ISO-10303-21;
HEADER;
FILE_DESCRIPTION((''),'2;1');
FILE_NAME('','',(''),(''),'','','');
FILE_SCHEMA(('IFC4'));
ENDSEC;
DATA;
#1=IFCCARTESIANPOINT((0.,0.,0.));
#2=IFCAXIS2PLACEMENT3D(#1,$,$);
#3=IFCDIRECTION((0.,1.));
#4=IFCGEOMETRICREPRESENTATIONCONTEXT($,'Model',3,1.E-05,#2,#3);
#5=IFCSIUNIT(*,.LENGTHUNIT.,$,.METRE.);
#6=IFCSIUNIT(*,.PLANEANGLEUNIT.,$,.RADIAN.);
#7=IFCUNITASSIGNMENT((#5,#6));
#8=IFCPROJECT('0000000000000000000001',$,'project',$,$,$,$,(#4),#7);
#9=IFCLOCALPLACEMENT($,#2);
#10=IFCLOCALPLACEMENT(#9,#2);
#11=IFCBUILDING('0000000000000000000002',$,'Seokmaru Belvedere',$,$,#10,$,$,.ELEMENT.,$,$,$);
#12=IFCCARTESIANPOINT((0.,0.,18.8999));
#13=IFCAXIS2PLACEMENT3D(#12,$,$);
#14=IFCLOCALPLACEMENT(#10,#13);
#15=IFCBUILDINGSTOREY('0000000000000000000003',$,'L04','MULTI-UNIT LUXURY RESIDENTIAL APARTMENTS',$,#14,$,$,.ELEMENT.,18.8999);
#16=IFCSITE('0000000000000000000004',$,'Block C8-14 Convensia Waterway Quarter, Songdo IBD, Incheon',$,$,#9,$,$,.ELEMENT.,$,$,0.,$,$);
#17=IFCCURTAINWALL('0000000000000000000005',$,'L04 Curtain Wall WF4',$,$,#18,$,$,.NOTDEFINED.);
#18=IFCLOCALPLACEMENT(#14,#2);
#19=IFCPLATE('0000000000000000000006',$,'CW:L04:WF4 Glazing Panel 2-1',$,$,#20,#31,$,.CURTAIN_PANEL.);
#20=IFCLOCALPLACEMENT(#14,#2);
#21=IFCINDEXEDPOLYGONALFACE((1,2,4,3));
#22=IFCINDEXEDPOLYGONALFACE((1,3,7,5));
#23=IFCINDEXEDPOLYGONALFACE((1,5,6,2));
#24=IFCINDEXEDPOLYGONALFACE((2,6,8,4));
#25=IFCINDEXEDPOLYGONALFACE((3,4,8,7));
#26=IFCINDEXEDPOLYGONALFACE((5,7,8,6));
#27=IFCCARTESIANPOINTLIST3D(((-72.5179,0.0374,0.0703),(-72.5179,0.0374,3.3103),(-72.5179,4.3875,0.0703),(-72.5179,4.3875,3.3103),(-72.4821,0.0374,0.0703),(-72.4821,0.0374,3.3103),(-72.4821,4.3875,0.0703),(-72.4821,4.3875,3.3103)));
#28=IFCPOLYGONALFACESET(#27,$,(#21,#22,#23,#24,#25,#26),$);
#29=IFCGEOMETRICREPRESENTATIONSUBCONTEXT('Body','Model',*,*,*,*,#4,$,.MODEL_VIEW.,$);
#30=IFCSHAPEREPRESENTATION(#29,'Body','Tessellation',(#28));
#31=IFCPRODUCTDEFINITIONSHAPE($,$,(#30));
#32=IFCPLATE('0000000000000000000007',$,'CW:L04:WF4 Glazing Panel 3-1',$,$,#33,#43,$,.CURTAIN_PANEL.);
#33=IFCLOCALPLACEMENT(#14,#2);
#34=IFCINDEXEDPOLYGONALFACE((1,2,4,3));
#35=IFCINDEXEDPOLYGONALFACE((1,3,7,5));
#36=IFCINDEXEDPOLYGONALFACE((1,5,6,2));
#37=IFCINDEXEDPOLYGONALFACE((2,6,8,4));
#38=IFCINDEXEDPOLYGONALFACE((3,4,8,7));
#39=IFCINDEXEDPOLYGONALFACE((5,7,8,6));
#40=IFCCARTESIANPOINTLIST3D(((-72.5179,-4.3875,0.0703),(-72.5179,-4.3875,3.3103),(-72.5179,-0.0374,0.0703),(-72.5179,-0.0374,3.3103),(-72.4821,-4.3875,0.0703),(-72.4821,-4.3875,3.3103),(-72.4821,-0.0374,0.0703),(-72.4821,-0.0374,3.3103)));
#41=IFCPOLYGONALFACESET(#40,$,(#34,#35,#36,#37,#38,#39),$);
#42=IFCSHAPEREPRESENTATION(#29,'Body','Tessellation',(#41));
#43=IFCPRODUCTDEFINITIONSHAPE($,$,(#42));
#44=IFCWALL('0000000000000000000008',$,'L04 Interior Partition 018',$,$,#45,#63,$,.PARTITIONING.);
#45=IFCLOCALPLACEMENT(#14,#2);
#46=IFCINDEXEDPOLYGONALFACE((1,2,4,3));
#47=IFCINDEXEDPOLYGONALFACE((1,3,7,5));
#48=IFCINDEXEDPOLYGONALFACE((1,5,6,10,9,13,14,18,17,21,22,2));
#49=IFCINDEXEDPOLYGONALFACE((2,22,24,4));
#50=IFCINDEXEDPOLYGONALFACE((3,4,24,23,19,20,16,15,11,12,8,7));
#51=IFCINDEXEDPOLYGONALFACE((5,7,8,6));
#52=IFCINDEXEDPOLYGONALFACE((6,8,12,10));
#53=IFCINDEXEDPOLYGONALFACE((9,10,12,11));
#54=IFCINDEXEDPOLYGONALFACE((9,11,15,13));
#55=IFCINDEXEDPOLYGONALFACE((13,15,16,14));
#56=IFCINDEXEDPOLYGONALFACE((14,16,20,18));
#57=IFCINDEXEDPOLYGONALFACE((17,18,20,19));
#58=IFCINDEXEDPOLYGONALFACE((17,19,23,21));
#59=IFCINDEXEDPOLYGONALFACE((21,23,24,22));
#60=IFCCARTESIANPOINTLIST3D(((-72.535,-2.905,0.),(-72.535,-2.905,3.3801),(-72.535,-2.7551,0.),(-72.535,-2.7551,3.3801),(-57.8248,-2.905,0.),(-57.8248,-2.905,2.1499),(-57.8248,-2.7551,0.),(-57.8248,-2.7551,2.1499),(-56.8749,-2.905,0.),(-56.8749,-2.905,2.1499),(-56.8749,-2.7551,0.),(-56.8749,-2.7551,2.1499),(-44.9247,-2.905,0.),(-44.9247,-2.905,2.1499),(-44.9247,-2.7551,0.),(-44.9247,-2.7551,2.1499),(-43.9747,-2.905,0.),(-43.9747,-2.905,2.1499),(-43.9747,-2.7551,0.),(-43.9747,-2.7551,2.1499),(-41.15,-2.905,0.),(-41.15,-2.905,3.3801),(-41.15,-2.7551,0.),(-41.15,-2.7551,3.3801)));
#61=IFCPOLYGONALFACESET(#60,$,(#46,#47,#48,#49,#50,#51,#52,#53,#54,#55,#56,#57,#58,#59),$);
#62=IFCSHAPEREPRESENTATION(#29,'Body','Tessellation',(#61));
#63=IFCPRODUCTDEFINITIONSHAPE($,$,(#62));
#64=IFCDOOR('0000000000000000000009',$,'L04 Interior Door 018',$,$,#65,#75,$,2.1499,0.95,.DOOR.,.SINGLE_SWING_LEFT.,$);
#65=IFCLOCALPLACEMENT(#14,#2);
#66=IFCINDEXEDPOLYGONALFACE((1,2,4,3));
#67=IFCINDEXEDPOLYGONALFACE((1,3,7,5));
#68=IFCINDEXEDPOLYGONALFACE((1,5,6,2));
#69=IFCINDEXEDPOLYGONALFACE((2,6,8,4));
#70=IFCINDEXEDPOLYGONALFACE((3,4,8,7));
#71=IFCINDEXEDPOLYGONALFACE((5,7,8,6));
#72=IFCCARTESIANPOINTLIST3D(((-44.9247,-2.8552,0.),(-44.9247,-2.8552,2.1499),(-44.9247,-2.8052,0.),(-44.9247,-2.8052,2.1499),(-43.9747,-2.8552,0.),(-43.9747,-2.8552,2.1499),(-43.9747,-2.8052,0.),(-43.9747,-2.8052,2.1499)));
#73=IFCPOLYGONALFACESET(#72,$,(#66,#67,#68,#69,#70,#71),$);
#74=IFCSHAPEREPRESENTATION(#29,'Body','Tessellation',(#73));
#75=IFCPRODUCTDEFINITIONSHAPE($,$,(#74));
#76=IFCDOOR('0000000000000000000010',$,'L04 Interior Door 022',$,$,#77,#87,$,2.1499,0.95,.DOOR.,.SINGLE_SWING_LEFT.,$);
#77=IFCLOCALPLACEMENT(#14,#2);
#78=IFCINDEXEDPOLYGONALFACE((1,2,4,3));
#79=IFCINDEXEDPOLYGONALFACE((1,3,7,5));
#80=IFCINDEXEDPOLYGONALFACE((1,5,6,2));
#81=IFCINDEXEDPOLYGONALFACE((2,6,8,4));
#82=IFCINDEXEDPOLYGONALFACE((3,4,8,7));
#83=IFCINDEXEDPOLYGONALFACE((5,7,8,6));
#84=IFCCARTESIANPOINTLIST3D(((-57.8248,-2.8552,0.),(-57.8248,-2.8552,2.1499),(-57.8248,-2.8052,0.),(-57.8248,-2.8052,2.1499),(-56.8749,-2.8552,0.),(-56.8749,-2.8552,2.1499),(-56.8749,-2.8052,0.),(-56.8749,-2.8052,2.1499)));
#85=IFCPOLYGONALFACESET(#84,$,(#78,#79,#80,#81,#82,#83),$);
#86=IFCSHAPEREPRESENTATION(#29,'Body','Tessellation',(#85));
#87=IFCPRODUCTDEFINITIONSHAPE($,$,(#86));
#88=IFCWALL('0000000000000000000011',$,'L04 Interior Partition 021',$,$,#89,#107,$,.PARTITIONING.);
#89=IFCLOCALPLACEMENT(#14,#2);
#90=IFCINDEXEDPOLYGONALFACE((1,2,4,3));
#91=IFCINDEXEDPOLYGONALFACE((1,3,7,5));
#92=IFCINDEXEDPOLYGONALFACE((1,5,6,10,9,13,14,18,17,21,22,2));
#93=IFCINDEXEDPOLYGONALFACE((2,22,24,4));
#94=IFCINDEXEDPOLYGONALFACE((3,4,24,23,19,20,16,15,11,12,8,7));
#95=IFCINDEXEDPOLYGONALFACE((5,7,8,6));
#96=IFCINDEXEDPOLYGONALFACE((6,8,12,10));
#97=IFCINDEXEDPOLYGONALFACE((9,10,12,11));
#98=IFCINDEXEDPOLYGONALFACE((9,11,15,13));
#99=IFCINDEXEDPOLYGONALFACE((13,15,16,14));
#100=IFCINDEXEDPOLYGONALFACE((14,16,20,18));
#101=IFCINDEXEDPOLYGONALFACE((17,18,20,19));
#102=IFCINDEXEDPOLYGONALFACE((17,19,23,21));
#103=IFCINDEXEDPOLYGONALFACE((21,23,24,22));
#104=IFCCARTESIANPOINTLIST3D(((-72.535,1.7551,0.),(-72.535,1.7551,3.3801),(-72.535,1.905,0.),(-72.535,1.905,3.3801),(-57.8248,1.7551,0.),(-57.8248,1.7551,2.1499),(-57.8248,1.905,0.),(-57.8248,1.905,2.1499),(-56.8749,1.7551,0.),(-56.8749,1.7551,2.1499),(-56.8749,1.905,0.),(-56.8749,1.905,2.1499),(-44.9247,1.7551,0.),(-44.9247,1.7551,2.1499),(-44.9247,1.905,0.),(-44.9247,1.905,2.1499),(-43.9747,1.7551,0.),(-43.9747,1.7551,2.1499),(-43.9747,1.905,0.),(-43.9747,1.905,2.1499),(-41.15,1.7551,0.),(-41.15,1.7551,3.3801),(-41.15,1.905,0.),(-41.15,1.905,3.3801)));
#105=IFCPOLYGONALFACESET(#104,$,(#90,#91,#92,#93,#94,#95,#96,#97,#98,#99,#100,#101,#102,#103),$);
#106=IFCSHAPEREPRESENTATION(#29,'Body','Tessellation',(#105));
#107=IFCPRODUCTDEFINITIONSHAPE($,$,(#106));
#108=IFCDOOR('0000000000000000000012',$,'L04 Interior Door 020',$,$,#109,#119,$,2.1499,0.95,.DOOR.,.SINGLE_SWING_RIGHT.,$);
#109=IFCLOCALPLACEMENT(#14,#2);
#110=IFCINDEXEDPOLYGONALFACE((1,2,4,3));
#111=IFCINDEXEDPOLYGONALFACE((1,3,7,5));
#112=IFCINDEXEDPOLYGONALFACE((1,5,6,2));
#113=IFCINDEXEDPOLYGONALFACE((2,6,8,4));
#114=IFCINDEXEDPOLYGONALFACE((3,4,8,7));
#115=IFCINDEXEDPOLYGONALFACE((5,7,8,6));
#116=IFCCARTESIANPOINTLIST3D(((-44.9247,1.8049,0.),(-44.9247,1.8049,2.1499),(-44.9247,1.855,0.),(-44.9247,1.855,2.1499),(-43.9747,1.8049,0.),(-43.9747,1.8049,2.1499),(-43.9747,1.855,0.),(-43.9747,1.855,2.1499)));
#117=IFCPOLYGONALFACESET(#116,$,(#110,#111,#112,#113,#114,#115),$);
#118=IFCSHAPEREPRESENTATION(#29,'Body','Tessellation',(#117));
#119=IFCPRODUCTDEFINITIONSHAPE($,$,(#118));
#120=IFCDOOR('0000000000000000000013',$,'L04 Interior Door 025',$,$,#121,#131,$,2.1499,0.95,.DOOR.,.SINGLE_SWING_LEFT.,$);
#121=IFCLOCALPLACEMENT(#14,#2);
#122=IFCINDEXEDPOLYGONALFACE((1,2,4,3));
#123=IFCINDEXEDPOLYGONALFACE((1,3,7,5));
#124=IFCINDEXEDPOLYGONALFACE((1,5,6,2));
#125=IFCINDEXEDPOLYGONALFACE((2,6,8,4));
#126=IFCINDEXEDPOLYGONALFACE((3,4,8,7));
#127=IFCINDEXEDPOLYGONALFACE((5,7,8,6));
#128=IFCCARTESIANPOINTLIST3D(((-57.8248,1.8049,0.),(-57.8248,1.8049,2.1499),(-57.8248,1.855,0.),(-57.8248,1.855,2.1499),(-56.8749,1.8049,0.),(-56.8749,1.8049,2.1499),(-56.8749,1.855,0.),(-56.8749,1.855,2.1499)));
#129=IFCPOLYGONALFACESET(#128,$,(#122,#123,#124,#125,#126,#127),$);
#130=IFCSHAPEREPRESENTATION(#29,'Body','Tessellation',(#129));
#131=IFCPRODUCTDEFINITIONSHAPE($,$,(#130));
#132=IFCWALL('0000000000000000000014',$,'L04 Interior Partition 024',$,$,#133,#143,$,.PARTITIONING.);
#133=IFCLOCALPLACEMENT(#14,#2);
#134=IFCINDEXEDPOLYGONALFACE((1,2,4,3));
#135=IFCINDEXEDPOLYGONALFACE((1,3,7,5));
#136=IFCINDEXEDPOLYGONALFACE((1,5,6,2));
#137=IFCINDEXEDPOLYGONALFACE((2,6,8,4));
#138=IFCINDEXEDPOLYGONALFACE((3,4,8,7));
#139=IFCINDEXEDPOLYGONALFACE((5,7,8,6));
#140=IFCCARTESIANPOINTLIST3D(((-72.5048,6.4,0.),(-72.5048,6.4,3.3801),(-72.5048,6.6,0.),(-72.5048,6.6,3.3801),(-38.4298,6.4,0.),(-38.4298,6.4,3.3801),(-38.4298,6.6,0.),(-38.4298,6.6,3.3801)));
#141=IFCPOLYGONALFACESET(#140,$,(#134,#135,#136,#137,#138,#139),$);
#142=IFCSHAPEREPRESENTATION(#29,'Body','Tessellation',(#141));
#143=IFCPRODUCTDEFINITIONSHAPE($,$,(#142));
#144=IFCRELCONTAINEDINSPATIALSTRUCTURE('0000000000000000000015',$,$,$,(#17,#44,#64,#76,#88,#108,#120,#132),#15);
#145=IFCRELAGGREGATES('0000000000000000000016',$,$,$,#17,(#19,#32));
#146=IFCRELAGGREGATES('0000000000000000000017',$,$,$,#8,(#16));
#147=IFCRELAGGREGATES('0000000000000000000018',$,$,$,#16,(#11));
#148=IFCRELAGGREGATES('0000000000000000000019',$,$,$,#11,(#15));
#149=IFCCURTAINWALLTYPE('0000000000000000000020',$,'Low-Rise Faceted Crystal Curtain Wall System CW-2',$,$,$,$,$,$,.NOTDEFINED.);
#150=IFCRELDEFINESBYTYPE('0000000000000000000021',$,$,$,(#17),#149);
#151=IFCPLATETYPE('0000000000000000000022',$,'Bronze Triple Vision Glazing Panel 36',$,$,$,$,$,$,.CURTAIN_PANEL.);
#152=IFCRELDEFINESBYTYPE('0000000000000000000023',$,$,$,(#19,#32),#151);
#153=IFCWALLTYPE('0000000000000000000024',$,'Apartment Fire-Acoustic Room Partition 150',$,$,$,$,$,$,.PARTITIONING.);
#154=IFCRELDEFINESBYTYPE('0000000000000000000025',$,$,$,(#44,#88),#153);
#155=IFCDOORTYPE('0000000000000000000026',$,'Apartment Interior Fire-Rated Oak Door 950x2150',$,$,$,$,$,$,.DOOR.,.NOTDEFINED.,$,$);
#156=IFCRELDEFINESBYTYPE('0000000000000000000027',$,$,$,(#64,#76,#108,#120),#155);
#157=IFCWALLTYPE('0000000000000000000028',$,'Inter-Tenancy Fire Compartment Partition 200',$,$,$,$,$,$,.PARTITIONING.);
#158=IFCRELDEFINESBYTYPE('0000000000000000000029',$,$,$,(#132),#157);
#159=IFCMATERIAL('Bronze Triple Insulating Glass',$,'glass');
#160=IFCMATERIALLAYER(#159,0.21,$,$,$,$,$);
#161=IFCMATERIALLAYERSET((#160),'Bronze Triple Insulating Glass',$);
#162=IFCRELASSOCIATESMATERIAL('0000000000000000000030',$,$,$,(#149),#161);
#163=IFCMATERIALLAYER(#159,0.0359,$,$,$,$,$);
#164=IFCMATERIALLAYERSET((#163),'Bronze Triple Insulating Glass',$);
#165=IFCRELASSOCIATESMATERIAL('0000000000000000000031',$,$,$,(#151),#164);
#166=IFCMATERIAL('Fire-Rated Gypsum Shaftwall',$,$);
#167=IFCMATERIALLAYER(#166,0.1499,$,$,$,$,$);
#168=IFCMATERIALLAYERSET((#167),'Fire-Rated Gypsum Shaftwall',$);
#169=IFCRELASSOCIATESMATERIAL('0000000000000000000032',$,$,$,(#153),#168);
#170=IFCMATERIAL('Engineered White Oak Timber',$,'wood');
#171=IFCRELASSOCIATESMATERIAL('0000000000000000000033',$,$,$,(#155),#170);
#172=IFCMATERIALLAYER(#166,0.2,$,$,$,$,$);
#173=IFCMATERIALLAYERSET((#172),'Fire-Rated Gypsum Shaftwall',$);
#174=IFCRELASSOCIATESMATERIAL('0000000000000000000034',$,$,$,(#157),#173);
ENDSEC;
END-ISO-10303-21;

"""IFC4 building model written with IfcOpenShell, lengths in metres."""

from ifc_helpers import new_model, si_unit, direction, frame, frame_2d, origin, origin_2d, place, context, subcontext, project, spatial, rectangle, extrude, source, transform, mapped, material, layer, layer_set, type_object, type_shapes, element, fill, aggregate, save


model = new_model("IFC4")

# Units and contexts
model_context = context("Model", 3, precision=1e-05, world=origin(), true_north=direction((0.0, 1.0)))
body_context = subcontext(model_context, "Body", "Model", "MODEL_VIEW")
ifc_project = project(units=[si_unit("LENGTHUNIT", "METRE"), si_unit("PLANEANGLEUNIT", "RADIAN")], contexts=[model_context])

# Site, building, storey
site_placement = place(None, origin())
site = spatial("IfcSite", under=ifc_project, at=site_placement, Name="Block C8-14 Convensia Waterway Quarter, Songdo IBD, Incheon", CompositionType="ELEMENT", RefElevation=0.0)
building_placement = place(site_placement, origin())
building = spatial("IfcBuilding", under=site, at=building_placement, Name="Seokmaru Belvedere", CompositionType="ELEMENT")
storey_placement = place(building_placement, frame((0.0, 0.0, 18.8999)))
storey = spatial("IfcBuildingStorey", under=building, at=storey_placement, Name="L04", Description="MULTI-UNIT LUXURY RESIDENTIAL APARTMENTS", CompositionType="ELEMENT", Elevation=18.8999)

# Curtain wall, plates
ifc_material_1 = material(Name="Bronze Triple Insulating Glass", Category="glass")
ifc_layer_1 = layer(ifc_material_1, 0.21)
ifc_layer_set_1 = layer_set([ifc_layer_1], Name="Bronze Triple Insulating Glass")
curtain_wall_type = type_object("IfcCurtainWallType", Name="Low-Rise Faceted Crystal Curtain Wall System CW-2", PredefinedType="NOTDEFINED", material=ifc_layer_set_1)
curtain_wall_placement = place(storey_placement, origin())
curtain_wall = element("IfcCurtainWall", 1, at=curtain_wall_placement, inside=storey, type_object=curtain_wall_type, Name="L04 Curtain Wall WF4", PredefinedType="NOTDEFINED")
ifc_layer_2 = layer(ifc_material_1, 0.0359)
ifc_layer_set_2 = layer_set([ifc_layer_2], Name="Bronze Triple Insulating Glass")
plate_type = type_object("IfcPlateType", Name="Bronze Triple Vision Glazing Panel 36", PredefinedType="CURTAIN_PANEL", material=ifc_layer_set_2)
shared_shape_1 = source(origin(), body_context, "Body", "SweptSolid", [
    extrude(rectangle(XDim=4.3501, YDim=0.0359, at=origin_2d()), origin(), (0.0, 0.0, 1.0), 3.24),
])
plate_1_placement = place(storey_placement, frame((-72.5, 2.2124, 0.0703), z_axis=(0.0, 0.0, 1.0), x_axis=(0.0, -1.0, 0.0)))
plate_1 = element("IfcPlate", 2, at=plate_1_placement, type_object=plate_type, Name="CW:L04:WF4 Glazing Panel 2-1", PredefinedType="CURTAIN_PANEL", context=body_context, shape_type="MappedRepresentation", body=[
    mapped(shared_shape_1, transform((0.0, 0.0, 0.0), scale=1.0)),
])
plate_2_placement = place(storey_placement, frame((-72.5, -2.2124, 0.0703), z_axis=(0.0, 0.0, 1.0), x_axis=(0.0, -1.0, 0.0)))
plate_2 = element("IfcPlate", 3, at=plate_2_placement, type_object=plate_type, Name="CW:L04:WF4 Glazing Panel 3-1", PredefinedType="CURTAIN_PANEL", context=body_context, shape_type="MappedRepresentation", body=[
    mapped(shared_shape_1, transform((0.0, 0.0, 0.0), scale=1.0)),
])
aggregate(curtain_wall, [plate_1, plate_2])

# Walls, openings, doors
ifc_material_2 = material(Name="Fire-Rated Gypsum Shaftwall")
ifc_layer_3 = layer(ifc_material_2, 0.1499)
ifc_layer_set_3 = layer_set([ifc_layer_3], Name="Fire-Rated Gypsum Shaftwall")
wall_type_1 = type_object("IfcWallType", Name="Apartment Fire-Acoustic Room Partition 150", PredefinedType="PARTITIONING", material=ifc_layer_set_3)
wall_1_placement = place(storey_placement, frame((-72.5349, -2.8301, 0.0), z_axis=(0.0, 0.0, 1.0), x_axis=(1.0, 0.0, 0.0)))
wall_1 = element("IfcWall", 4, at=wall_1_placement, inside=storey, type_object=wall_type_1, Name="L04 Interior Partition 018", PredefinedType="PARTITIONING", context=body_context, shape_type="SweptSolid", body=[
    extrude(rectangle(XDim=31.385, YDim=0.1499, at=frame_2d((15.6924, 0.0))), origin(), (0.0, 0.0, 1.0), 3.3801),
])
opening_1_placement = place(wall_1_placement, frame((27.6101, 0.0, 0.0)))
opening_1 = element("IfcOpeningElement", 5, at=opening_1_placement, cuts=wall_1, PredefinedType="OPENING", context=body_context, shape_type="SweptSolid", body=[
    extrude(rectangle(XDim=0.95, YDim=2.1499, at=frame_2d((0.4751, 1.075))), frame((0.0, 0.085, 0.0), z_axis=(0.0, -1.0, 0.0), x_axis=(1.0, 0.0, 0.0)), (0.0, 0.0, 1.0), 0.1699),
])
opening_2_placement = place(wall_1_placement, frame((14.71, 0.0, 0.0)))
opening_2 = element("IfcOpeningElement", 6, at=opening_2_placement, cuts=wall_1, PredefinedType="OPENING", context=body_context, shape_type="SweptSolid", body=[
    extrude(rectangle(XDim=0.95, YDim=2.1499, at=frame_2d((0.4751, 1.075))), frame((0.0, 0.085, 0.0), z_axis=(0.0, -1.0, 0.0), x_axis=(1.0, 0.0, 0.0)), (0.0, 0.0, 1.0), 0.1699),
])
ifc_material_3 = material(Name="Engineered White Oak Timber", Category="wood")
door_type = type_object("IfcDoorType", Name="Apartment Interior Fire-Rated Oak Door 950x2150", OperationType="NOTDEFINED", PredefinedType="DOOR", material=ifc_material_3)
shared_shape_2 = source(origin(), body_context, "Body", "SweptSolid", [
    extrude(rectangle(XDim=0.95, YDim=2.1499, at=frame_2d((0.4751, 1.075))), frame((0.0, 0.0249, 0.0), z_axis=(0.0, -1.0, 0.0), x_axis=(1.0, 0.0, 0.0)), (0.0, 0.0, 1.0), 0.05),
])
type_shapes(door_type, [shared_shape_2])
door_1_placement = place(opening_1_placement, origin())
door_1 = element("IfcDoor", 7, at=door_1_placement, inside=storey, type_object=door_type, Name="L04 Interior Door 018", OperationType="SINGLE_SWING_LEFT", OverallHeight=2.1499, OverallWidth=0.95, PredefinedType="DOOR", context=body_context, shape_type="MappedRepresentation", body=[
    mapped(shared_shape_2, transform((0.0, 0.0, 0.0), scale=1.0)),
])
fill(opening_1, door_1)
door_2_placement = place(opening_2_placement, origin())
door_2 = element("IfcDoor", 8, at=door_2_placement, inside=storey, type_object=door_type, Name="L04 Interior Door 022", OperationType="SINGLE_SWING_LEFT", OverallHeight=2.1499, OverallWidth=0.95, PredefinedType="DOOR", context=body_context, shape_type="MappedRepresentation", body=[
    mapped(shared_shape_2, transform((0.0, 0.0, 0.0), scale=1.0)),
])
fill(opening_2, door_2)
wall_2_placement = place(storey_placement, frame((-72.5349, 1.8301, 0.0), z_axis=(0.0, 0.0, 1.0), x_axis=(1.0, 0.0, 0.0)))
wall_2 = element("IfcWall", 9, at=wall_2_placement, inside=storey, type_object=wall_type_1, Name="L04 Interior Partition 021", PredefinedType="PARTITIONING", context=body_context, shape_type="SweptSolid", body=[
    extrude(rectangle(XDim=31.385, YDim=0.1499, at=frame_2d((15.6924, 0.0))), origin(), (0.0, 0.0, 1.0), 3.3801),
])
opening_3_placement = place(wall_2_placement, frame((27.6101, 0.0, 0.0)))
opening_3 = element("IfcOpeningElement", 10, at=opening_3_placement, cuts=wall_2, PredefinedType="OPENING", context=body_context, shape_type="SweptSolid", body=[
    extrude(rectangle(XDim=0.95, YDim=2.1499, at=frame_2d((0.4751, 1.075))), frame((0.0, 0.085, 0.0), z_axis=(0.0, -1.0, 0.0), x_axis=(1.0, 0.0, 0.0)), (0.0, 0.0, 1.0), 0.1699),
])
opening_4_placement = place(wall_2_placement, frame((14.71, 0.0, 0.0)))
opening_4 = element("IfcOpeningElement", 11, at=opening_4_placement, cuts=wall_2, PredefinedType="OPENING", context=body_context, shape_type="SweptSolid", body=[
    extrude(rectangle(XDim=0.95, YDim=2.1499, at=frame_2d((0.4751, 1.075))), frame((0.0, 0.085, 0.0), z_axis=(0.0, -1.0, 0.0), x_axis=(1.0, 0.0, 0.0)), (0.0, 0.0, 1.0), 0.1699),
])
door_3_placement = place(opening_3_placement, origin())
door_3 = element("IfcDoor", 12, at=door_3_placement, inside=storey, type_object=door_type, Name="L04 Interior Door 020", OperationType="SINGLE_SWING_RIGHT", OverallHeight=2.1499, OverallWidth=0.95, PredefinedType="DOOR", context=body_context, shape_type="MappedRepresentation", body=[
    mapped(shared_shape_2, transform((0.0, 0.0, 0.0), scale=1.0)),
])
fill(opening_3, door_3)
door_4_placement = place(opening_4_placement, origin())
door_4 = element("IfcDoor", 13, at=door_4_placement, inside=storey, type_object=door_type, Name="L04 Interior Door 025", OperationType="SINGLE_SWING_LEFT", OverallHeight=2.1499, OverallWidth=0.95, PredefinedType="DOOR", context=body_context, shape_type="MappedRepresentation", body=[
    mapped(shared_shape_2, transform((0.0, 0.0, 0.0), scale=1.0)),
])
fill(opening_4, door_4)

# Wall
ifc_layer_4 = layer(ifc_material_2, 0.2)
ifc_layer_set_4 = layer_set([ifc_layer_4], Name="Fire-Rated Gypsum Shaftwall")
wall_type_2 = type_object("IfcWallType", Name="Inter-Tenancy Fire Compartment Partition 200", PredefinedType="PARTITIONING", material=ifc_layer_set_4)
wall_3_placement = place(storey_placement, frame((-72.5049, 6.5, 0.0), z_axis=(0.0, 0.0, 1.0), x_axis=(1.0, 0.0, 0.0)))
element("IfcWall", 14, at=wall_3_placement, inside=storey, type_object=wall_type_2, Name="L04 Interior Partition 024", PredefinedType="PARTITIONING", context=body_context, shape_type="SweptSolid", body=[
    extrude(rectangle(XDim=34.075, YDim=0.2, at=frame_2d((17.0376, 0.0))), origin(), (0.0, 0.0, 1.0), 3.3801),
])

save(model, "model.ifc")
